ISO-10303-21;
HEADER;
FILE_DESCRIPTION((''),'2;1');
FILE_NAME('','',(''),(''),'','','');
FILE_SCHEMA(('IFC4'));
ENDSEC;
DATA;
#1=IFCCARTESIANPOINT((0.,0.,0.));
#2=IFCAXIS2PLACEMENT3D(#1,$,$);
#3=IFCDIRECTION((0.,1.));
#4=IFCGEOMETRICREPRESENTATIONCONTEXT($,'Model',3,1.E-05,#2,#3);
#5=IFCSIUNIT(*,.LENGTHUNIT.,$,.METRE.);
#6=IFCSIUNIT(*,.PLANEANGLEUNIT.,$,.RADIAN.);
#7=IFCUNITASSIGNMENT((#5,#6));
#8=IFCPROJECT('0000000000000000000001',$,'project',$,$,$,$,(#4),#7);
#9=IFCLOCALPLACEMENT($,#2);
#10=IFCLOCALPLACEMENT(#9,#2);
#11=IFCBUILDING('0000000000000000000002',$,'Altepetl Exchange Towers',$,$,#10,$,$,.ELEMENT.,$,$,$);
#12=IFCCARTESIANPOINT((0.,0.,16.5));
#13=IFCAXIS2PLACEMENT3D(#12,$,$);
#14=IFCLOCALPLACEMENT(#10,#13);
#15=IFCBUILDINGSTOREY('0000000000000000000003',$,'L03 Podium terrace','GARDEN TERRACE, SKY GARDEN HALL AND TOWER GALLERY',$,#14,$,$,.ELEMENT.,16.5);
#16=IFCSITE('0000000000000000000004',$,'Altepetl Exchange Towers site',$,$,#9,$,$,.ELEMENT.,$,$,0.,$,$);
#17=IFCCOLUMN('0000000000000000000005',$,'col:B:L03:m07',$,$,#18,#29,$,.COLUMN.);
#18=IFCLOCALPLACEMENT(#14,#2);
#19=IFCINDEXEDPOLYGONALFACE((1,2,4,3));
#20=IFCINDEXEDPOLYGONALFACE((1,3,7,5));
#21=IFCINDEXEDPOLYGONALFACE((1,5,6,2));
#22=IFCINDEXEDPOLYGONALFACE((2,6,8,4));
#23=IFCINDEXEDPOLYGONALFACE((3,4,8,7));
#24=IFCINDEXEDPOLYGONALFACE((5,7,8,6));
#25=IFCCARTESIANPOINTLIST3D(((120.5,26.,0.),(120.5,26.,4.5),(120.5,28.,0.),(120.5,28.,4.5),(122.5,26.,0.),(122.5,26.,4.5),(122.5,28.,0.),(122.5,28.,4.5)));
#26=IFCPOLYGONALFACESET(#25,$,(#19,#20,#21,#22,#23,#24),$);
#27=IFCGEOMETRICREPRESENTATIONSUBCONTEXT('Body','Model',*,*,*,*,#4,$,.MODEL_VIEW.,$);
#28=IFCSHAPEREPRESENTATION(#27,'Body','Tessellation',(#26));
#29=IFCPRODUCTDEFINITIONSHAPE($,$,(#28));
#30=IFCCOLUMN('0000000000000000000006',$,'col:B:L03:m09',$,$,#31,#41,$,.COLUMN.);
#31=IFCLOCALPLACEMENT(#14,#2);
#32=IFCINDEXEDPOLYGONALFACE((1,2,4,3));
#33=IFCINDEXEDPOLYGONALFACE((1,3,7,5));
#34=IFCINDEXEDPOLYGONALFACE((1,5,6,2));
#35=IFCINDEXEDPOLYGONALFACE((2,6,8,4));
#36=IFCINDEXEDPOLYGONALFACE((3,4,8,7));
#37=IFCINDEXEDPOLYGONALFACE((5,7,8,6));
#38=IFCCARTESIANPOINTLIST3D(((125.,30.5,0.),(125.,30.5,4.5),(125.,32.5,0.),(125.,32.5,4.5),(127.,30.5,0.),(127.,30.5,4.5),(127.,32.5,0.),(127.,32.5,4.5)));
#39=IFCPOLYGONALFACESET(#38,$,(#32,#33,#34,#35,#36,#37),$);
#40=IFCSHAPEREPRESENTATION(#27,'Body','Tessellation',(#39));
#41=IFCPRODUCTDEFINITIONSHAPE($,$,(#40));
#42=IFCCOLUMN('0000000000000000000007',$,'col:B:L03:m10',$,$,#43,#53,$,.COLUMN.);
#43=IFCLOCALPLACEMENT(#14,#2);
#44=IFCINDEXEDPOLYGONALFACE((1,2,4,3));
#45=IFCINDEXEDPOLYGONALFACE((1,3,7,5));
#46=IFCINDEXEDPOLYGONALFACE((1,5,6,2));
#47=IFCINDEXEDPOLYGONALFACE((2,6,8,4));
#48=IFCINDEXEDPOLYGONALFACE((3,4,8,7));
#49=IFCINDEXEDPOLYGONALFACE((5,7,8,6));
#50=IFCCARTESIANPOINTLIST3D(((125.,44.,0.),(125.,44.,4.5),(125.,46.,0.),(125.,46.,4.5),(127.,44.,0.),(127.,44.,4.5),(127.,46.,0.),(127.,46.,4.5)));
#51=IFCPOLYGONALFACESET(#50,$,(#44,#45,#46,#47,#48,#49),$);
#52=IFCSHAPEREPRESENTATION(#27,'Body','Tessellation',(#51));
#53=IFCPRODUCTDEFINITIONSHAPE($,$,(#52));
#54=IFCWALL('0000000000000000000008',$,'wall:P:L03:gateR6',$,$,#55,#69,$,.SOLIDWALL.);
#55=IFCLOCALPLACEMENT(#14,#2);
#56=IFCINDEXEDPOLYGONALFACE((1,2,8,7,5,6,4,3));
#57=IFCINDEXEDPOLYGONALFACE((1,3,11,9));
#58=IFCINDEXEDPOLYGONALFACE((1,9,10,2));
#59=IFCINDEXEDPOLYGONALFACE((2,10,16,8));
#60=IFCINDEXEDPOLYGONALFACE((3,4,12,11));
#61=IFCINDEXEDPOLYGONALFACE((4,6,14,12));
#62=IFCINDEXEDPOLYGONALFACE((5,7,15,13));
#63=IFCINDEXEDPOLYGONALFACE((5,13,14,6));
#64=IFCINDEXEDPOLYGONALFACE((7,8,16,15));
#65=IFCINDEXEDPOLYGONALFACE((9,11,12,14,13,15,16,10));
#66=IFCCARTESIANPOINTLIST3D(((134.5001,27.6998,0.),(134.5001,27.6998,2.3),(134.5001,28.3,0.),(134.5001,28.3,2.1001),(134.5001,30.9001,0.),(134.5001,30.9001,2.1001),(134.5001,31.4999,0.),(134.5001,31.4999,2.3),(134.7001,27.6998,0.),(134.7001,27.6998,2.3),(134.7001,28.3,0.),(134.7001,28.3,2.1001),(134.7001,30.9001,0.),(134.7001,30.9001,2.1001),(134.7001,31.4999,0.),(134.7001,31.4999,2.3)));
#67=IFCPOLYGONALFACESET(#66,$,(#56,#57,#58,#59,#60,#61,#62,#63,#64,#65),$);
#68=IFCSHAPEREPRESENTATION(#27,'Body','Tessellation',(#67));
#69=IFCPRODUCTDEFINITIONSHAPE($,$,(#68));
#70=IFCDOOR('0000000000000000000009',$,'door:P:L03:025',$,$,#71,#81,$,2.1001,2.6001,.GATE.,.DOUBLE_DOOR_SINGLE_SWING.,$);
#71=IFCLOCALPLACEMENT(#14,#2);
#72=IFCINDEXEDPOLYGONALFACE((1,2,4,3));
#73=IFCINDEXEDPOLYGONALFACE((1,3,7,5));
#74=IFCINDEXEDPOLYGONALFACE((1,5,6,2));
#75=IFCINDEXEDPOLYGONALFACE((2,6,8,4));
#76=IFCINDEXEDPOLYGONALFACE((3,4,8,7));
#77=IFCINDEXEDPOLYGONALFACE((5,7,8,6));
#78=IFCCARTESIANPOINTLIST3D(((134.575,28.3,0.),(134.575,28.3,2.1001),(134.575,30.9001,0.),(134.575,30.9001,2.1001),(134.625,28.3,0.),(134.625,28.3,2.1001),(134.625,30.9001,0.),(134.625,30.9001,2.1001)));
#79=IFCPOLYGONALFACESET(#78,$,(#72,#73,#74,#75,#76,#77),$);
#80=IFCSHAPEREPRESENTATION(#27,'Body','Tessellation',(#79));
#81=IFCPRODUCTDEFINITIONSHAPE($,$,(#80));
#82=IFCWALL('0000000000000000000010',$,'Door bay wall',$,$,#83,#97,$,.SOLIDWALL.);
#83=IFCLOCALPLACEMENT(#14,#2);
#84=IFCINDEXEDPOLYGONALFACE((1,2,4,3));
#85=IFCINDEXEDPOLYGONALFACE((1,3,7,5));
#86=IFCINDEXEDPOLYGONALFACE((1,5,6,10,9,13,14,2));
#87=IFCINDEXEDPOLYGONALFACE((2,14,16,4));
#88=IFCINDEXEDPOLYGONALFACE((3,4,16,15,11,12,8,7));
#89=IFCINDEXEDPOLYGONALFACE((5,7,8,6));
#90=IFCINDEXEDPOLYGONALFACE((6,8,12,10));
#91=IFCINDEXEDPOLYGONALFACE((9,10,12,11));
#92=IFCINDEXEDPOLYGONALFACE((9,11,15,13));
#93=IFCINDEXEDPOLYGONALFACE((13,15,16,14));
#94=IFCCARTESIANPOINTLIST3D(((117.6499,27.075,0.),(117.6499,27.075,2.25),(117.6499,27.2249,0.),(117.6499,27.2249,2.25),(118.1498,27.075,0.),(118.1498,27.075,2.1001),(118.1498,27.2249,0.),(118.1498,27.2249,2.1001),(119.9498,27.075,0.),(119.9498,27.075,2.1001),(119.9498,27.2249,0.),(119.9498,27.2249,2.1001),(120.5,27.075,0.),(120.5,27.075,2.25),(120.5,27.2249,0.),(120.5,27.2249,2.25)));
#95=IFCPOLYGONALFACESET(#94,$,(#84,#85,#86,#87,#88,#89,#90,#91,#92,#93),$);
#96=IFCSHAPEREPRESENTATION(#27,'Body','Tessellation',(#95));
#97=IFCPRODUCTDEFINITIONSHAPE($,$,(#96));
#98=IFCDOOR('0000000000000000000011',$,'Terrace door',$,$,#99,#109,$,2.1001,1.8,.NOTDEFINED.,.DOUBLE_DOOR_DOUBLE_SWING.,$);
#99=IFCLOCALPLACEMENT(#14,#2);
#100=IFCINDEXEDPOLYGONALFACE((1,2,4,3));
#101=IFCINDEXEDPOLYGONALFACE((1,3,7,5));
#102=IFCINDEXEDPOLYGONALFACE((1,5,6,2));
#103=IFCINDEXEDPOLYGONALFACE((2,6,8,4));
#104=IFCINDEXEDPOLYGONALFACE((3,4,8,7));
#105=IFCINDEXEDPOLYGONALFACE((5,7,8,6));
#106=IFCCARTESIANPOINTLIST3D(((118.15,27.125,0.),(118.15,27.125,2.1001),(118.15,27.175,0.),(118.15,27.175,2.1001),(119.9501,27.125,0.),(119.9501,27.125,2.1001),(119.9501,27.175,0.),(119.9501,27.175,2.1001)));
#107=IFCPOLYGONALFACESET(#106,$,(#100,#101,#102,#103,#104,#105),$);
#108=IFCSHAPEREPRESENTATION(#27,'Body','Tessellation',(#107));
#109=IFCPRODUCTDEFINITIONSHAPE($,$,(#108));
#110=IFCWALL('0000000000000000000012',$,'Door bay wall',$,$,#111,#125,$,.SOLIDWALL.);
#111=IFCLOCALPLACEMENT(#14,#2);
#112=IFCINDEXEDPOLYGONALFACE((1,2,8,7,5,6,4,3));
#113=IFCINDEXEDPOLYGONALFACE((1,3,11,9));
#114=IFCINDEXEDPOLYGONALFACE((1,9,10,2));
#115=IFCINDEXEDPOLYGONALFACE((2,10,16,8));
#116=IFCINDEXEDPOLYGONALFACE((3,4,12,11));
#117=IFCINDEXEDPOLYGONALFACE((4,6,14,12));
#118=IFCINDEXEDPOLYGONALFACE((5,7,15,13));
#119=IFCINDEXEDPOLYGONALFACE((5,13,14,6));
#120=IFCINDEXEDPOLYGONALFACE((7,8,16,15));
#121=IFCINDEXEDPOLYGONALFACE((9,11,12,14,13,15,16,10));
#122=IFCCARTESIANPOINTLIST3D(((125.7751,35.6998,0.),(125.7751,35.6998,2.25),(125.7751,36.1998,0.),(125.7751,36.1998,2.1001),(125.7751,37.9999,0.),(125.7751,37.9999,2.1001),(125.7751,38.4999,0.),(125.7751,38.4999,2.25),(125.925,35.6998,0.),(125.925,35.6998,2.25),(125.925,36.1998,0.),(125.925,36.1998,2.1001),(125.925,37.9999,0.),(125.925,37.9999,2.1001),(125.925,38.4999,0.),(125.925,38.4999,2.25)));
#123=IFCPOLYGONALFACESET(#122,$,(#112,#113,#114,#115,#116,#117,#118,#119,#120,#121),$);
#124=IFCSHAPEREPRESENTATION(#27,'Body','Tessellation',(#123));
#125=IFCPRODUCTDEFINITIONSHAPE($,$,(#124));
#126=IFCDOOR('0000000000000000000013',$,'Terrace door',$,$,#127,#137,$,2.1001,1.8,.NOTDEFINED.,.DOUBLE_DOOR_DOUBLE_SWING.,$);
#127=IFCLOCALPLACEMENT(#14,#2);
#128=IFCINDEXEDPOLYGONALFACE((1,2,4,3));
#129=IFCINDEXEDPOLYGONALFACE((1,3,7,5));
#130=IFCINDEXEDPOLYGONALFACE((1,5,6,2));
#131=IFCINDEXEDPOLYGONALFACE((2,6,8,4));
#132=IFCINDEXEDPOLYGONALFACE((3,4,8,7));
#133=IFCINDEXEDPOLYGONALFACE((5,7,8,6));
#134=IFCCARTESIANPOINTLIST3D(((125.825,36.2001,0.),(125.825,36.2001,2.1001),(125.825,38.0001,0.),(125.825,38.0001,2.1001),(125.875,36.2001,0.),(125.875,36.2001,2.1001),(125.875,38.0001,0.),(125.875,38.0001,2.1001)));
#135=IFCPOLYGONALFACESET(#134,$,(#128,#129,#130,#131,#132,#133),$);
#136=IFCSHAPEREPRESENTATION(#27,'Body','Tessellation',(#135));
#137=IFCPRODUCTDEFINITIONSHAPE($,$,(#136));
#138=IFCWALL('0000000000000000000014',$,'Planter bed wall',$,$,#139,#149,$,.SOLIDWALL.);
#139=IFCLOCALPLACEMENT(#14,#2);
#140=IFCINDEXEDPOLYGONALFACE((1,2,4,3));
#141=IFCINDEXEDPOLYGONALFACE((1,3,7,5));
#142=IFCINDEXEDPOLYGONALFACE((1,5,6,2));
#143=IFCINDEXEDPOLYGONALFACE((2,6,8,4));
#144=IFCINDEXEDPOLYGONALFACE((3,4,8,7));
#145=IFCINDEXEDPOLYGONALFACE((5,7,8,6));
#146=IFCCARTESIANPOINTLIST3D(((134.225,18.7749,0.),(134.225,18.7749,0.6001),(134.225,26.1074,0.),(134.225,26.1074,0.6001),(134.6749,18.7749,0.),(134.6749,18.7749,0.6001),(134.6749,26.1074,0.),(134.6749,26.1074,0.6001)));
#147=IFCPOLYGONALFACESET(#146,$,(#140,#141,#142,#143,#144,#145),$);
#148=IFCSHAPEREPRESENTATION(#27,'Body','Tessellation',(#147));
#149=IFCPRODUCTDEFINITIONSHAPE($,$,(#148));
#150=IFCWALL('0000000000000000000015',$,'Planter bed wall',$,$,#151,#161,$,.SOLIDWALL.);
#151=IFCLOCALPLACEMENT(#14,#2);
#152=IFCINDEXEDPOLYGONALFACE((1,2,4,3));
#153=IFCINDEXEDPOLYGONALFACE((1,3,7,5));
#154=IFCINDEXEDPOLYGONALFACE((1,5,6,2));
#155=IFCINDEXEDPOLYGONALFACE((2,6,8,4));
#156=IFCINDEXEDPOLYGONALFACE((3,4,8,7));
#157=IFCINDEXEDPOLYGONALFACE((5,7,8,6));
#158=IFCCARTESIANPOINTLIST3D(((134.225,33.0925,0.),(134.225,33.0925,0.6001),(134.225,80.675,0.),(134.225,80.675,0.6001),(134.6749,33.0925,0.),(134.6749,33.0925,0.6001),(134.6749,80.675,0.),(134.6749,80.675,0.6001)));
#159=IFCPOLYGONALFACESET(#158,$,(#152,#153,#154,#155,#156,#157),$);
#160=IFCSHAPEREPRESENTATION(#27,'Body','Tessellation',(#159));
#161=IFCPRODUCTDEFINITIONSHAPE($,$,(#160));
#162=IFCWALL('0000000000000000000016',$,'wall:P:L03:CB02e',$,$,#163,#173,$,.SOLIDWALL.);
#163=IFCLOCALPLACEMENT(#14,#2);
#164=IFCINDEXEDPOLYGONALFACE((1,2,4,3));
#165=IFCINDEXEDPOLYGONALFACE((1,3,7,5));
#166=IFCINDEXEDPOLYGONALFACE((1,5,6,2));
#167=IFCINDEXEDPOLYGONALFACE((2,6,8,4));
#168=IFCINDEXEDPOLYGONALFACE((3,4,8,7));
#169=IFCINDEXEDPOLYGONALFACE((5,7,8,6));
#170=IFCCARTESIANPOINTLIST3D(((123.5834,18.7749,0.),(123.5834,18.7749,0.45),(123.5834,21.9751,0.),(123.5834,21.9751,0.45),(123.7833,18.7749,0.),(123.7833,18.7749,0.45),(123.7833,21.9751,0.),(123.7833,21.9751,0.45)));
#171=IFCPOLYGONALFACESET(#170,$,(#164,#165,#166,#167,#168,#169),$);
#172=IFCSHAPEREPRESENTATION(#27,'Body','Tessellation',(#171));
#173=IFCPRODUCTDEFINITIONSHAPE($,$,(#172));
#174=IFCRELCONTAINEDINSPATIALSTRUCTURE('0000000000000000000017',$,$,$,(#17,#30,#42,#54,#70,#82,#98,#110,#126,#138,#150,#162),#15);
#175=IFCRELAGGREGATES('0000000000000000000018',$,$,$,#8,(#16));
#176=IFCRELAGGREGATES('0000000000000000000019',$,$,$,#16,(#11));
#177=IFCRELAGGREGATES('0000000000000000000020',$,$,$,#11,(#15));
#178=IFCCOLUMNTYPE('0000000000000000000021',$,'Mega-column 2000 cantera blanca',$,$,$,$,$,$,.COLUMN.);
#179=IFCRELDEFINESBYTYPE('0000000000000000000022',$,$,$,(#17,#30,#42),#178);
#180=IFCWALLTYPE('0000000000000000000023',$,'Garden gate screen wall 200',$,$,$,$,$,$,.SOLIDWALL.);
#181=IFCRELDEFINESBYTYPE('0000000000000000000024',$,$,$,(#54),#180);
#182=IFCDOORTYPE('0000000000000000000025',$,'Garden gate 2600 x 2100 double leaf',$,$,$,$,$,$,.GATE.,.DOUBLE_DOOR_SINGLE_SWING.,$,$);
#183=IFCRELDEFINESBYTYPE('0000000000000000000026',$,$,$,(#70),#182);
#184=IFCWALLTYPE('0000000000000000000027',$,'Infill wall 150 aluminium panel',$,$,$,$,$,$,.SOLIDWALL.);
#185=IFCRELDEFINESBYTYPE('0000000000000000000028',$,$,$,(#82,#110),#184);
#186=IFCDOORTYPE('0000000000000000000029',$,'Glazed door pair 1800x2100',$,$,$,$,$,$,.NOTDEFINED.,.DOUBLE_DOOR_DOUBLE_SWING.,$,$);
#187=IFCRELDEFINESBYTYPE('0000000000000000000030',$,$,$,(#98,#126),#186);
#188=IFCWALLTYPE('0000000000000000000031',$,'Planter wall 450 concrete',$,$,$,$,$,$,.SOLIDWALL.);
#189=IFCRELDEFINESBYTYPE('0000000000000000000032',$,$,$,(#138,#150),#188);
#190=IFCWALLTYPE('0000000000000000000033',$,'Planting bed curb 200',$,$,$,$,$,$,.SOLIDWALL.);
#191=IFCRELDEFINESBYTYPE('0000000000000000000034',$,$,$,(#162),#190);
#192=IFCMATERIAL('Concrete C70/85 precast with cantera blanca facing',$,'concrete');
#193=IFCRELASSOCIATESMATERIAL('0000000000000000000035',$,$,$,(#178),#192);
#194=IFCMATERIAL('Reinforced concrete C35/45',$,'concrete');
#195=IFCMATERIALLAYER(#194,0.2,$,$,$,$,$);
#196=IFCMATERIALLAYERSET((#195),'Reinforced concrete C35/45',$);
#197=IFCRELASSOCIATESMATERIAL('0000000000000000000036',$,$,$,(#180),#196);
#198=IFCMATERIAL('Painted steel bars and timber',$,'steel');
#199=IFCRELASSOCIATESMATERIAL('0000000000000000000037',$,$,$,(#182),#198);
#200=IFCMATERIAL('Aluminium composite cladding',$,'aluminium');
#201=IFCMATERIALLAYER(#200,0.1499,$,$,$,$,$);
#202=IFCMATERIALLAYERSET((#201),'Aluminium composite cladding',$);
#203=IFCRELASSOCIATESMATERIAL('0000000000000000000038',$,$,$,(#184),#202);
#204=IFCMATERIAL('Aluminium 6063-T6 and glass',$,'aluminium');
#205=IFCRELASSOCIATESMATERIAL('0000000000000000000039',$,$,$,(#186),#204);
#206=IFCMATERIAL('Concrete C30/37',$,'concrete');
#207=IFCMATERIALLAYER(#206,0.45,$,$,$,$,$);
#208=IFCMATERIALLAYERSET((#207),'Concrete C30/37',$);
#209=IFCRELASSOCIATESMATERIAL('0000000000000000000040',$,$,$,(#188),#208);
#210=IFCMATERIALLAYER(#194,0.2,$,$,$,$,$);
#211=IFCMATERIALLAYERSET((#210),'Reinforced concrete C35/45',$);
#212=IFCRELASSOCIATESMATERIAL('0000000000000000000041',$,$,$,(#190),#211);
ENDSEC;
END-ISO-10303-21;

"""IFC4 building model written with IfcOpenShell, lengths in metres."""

from ifc_helpers import new_model, si_unit, direction, frame, frame_2d, origin, origin_2d, place, context, subcontext, project, spatial, rectangle, extrude, material, layer, layer_set, material_profile, profile_set, type_object, element, fill, save


model = new_model("IFC4")

# Units and contexts
model_context = context("Model", 3, precision=1e-05, world=origin(), true_north=direction((0.0, 1.0)))
body_context = subcontext(model_context, "Body", "Model", "MODEL_VIEW")
ifc_project = project(units=[si_unit("LENGTHUNIT", "METRE"), si_unit("PLANEANGLEUNIT", "RADIAN")], contexts=[model_context])

# Site, building, storey
site_placement = place(None, origin())
site = spatial("IfcSite", under=ifc_project, at=site_placement, Name="Altepetl Exchange Towers site", CompositionType="ELEMENT", RefElevation=0.0)
building_placement = place(site_placement, origin())
building = spatial("IfcBuilding", under=site, at=building_placement, Name="Altepetl Exchange Towers", CompositionType="ELEMENT")
storey_placement = place(building_placement, frame((0.0, 0.0, 16.5)))
storey = spatial("IfcBuildingStorey", under=building, at=storey_placement, Name="L03 Podium terrace", Description="GARDEN TERRACE, SKY GARDEN HALL AND TOWER GALLERY", CompositionType="ELEMENT", Elevation=16.5)

# Columns
ifc_material_1 = material(Name="Concrete C70/85 precast with cantera blanca facing", Category="concrete")
ifc_material_profile = material_profile(ifc_material_1, rectangle(XDim=2.0, YDim=2.0, at=origin_2d()), Name="2000 x 2000")
ifc_profile_set = profile_set([ifc_material_profile], Name="Concrete C70/85 precast with cantera blanca facing")
column_type = type_object("IfcColumnType", Name="Mega-column 2000 cantera blanca", PredefinedType="COLUMN", material=ifc_profile_set)
for number, where, name in (
    (1, (121.5, 27.0, 0.0), "col:B:L03:m07"),
    (2, (126.0, 31.5, 0.0), "col:B:L03:m09"),
    (3, (126.0, 45.0, 0.0), "col:B:L03:m10"),
):
    element("IfcColumn", number, at=place(storey_placement, frame(where)), inside=storey, type_object=column_type, Name=name, PredefinedType="COLUMN", context=body_context, shape_type="SweptSolid", body=[
        extrude(rectangle(XDim=2.0, YDim=2.0, at=origin_2d()), origin(), (0.0, 0.0, 1.0), 4.5),
    ])

# Walls, openings, doors
ifc_material_2 = material(Name="Reinforced concrete C35/45", Category="concrete")
ifc_layer_1 = layer(ifc_material_2, 0.2)
ifc_layer_set_1 = layer_set([ifc_layer_1], Name="Reinforced concrete C35/45")
wall_type_1 = type_object("IfcWallType", Name="Garden gate screen wall 200", PredefinedType="SOLIDWALL", material=ifc_layer_set_1)
wall_1_placement = place(storey_placement, frame((134.6001, 27.7, 0.0), z_axis=(0.0, 0.0, 1.0), x_axis=(0.0, 1.0, 0.0)))
wall_1 = element("IfcWall", 4, at=wall_1_placement, inside=storey, type_object=wall_type_1, Name="wall:P:L03:gateR6", PredefinedType="SOLIDWALL", context=body_context, shape_type="SweptSolid", body=[
    extrude(rectangle(XDim=3.8, YDim=0.2, at=frame_2d((1.8999, 0.0))), origin(), (0.0, 0.0, 1.0), 2.3),
])
opening_1_placement = place(wall_1_placement, frame((0.6001, 0.0, 0.0)))
opening_1 = element("IfcOpeningElement", 5, at=opening_1_placement, cuts=wall_1, PredefinedType="OPENING", context=body_context, shape_type="SweptSolid", body=[
    extrude(rectangle(XDim=2.6001, YDim=2.1001, at=frame_2d((1.3, 1.05))), frame((0.0, 0.1099, 0.0), z_axis=(0.0, -1.0, 0.0), x_axis=(1.0, 0.0, 0.0)), (0.0, 0.0, 1.0), 0.22),
])
ifc_material_3 = material(Name="Painted steel bars and timber", Category="steel")
door_type_1 = type_object("IfcDoorType", Name="Garden gate 2600 x 2100 double leaf", OperationType="DOUBLE_DOOR_SINGLE_SWING", PredefinedType="GATE", material=ifc_material_3)
door_1_placement = place(opening_1_placement, frame((2.6001, 0.0, 0.0), x_axis=(-1.0, 0.0, 0.0)))
door_1 = element("IfcDoor", 6, at=door_1_placement, inside=storey, type_object=door_type_1, Name="door:P:L03:025", OperationType="DOUBLE_DOOR_SINGLE_SWING", OverallHeight=2.1001, OverallWidth=2.6001, PredefinedType="GATE", context=body_context, shape_type="SweptSolid", body=[
    extrude(rectangle(XDim=2.6001, YDim=2.1001, at=frame_2d((1.3, 1.05))), frame((0.0, 0.0249, 0.0), z_axis=(0.0, -1.0, 0.0), x_axis=(1.0, 0.0, 0.0)), (0.0, 0.0, 1.0), 0.05),
])
fill(opening_1, door_1)
ifc_material_4 = material(Name="Aluminium composite cladding", Category="aluminium")
ifc_layer_2 = layer(ifc_material_4, 0.1499)
ifc_layer_set_2 = layer_set([ifc_layer_2], Name="Aluminium composite cladding")
wall_type_2 = type_object("IfcWallType", Name="Infill wall 150 aluminium panel", PredefinedType="SOLIDWALL", material=ifc_layer_set_2)
wall_2_placement = place(storey_placement, frame((117.6499, 27.1499, 0.0)))
wall_2 = element("IfcWall", 7, at=wall_2_placement, inside=storey, type_object=wall_type_2, Name="Door bay wall", PredefinedType="SOLIDWALL", context=body_context, shape_type="SweptSolid", body=[
    extrude(rectangle(XDim=2.8501, YDim=0.1499, at=frame_2d((1.425, 0.0))), origin(), (0.0, 0.0, 1.0), 2.25),
])
opening_2_placement = place(wall_2_placement, frame((0.5, 0.0, 0.0)))
opening_2 = element("IfcOpeningElement", 8, at=opening_2_placement, cuts=wall_2, PredefinedType="OPENING", context=body_context, shape_type="SweptSolid", body=[
    extrude(rectangle(XDim=1.8, YDim=2.1001, at=frame_2d((0.8999, 1.05))), frame((0.0, 0.085, 0.0), z_axis=(0.0, -1.0, 0.0), x_axis=(1.0, 0.0, 0.0)), (0.0, 0.0, 1.0), 0.1699),
])
ifc_material_5 = material(Name="Aluminium 6063-T6 and glass", Category="aluminium")
door_type_2 = type_object("IfcDoorType", Name="Glazed door pair 1800x2100", OperationType="DOUBLE_DOOR_DOUBLE_SWING", PredefinedType="NOTDEFINED", material=ifc_material_5)
door_2_placement = place(opening_2_placement, frame((1.8, 0.0, 0.0), x_axis=(-1.0, 0.0, 0.0)))
door_2 = element("IfcDoor", 9, at=door_2_placement, inside=storey, type_object=door_type_2, Name="Terrace door", OperationType="DOUBLE_DOOR_DOUBLE_SWING", OverallHeight=2.1001, OverallWidth=1.8, PredefinedType="NOTDEFINED", context=body_context, shape_type="SweptSolid", body=[
    extrude(rectangle(XDim=1.8, YDim=2.1001, at=frame_2d((0.8999, 1.05))), frame((0.0, 0.0249, 0.0), z_axis=(0.0, -1.0, 0.0), x_axis=(1.0, 0.0, 0.0)), (0.0, 0.0, 1.0), 0.05),
])
fill(opening_2, door_2)
wall_3_placement = place(storey_placement, frame((125.8501, 35.7, 0.0), z_axis=(0.0, 0.0, 1.0), x_axis=(0.0, 1.0, 0.0)))
wall_3 = element("IfcWall", 10, at=wall_3_placement, inside=storey, type_object=wall_type_2, Name="Door bay wall", PredefinedType="SOLIDWALL", context=body_context, shape_type="SweptSolid", body=[
    extrude(rectangle(XDim=2.8, YDim=0.1499, at=frame_2d((1.3999, 0.0))), origin(), (0.0, 0.0, 1.0), 2.25),
])
opening_3_placement = place(wall_3_placement, frame((0.5, 0.0, 0.0)))
opening_3 = element("IfcOpeningElement", 11, at=opening_3_placement, cuts=wall_3, PredefinedType="OPENING", context=body_context, shape_type="SweptSolid", body=[
    extrude(rectangle(XDim=1.8, YDim=2.1001, at=frame_2d((0.8999, 1.05))), frame((0.0, 0.085, 0.0), z_axis=(0.0, -1.0, 0.0), x_axis=(1.0, 0.0, 0.0)), (0.0, 0.0, 1.0), 0.1699),
])
door_3_placement = place(opening_3_placement, frame((1.8, 0.0, 0.0), x_axis=(-1.0, 0.0, 0.0)))
door_3 = element("IfcDoor", 12, at=door_3_placement, inside=storey, type_object=door_type_2, Name="Terrace door", OperationType="DOUBLE_DOOR_DOUBLE_SWING", OverallHeight=2.1001, OverallWidth=1.8, PredefinedType="NOTDEFINED", context=body_context, shape_type="SweptSolid", body=[
    extrude(rectangle(XDim=1.8, YDim=2.1001, at=frame_2d((0.8999, 1.05))), frame((0.0, 0.0249, 0.0), z_axis=(0.0, -1.0, 0.0), x_axis=(1.0, 0.0, 0.0)), (0.0, 0.0, 1.0), 0.05),
])
fill(opening_3, door_3)

# Walls
ifc_material_6 = material(Name="Concrete C30/37", Category="concrete")
ifc_layer_3 = layer(ifc_material_6, 0.45)
ifc_layer_set_3 = layer_set([ifc_layer_3], Name="Concrete C30/37")
wall_type_3 = type_object("IfcWallType", Name="Planter wall 450 concrete", PredefinedType="SOLIDWALL", material=ifc_layer_set_3)
wall_4_placement = place(storey_placement, frame((134.45, 18.7749, 0.0), z_axis=(0.0, 0.0, 1.0), x_axis=(0.0, 1.0, 0.0)))
element("IfcWall", 13, at=wall_4_placement, inside=storey, type_object=wall_type_3, Name="Planter bed wall", PredefinedType="SOLIDWALL", context=body_context, shape_type="SweptSolid", body=[
    extrude(rectangle(XDim=7.3325, YDim=0.45, at=frame_2d((3.6663, 0.0))), origin(), (0.0, 0.0, 1.0), 0.6001),
])
wall_5_placement = place(storey_placement, frame((134.45, 33.0925, 0.0), z_axis=(0.0, 0.0, 1.0), x_axis=(0.0, 1.0, 0.0)))
element("IfcWall", 14, at=wall_5_placement, inside=storey, type_object=wall_type_3, Name="Planter bed wall", PredefinedType="SOLIDWALL", context=body_context, shape_type="SweptSolid", body=[
    extrude(rectangle(XDim=47.5825, YDim=0.45, at=frame_2d((23.7913, 0.0))), origin(), (0.0, 0.0, 1.0), 0.6001),
])
ifc_layer_4 = layer(ifc_material_2, 0.2)
ifc_layer_set_4 = layer_set([ifc_layer_4], Name="Reinforced concrete C35/45")
wall_type_4 = type_object("IfcWallType", Name="Planting bed curb 200", PredefinedType="SOLIDWALL", material=ifc_layer_set_4)
wall_6_placement = place(storey_placement, frame((123.6833, 18.7749, 0.0), z_axis=(0.0, 0.0, 1.0), x_axis=(0.0, 1.0, 0.0)))
element("IfcWall", 15, at=wall_6_placement, inside=storey, type_object=wall_type_4, Name="wall:P:L03:CB02e", PredefinedType="SOLIDWALL", context=body_context, shape_type="SweptSolid", body=[
    extrude(rectangle(XDim=3.2002, YDim=0.2, at=frame_2d((1.6001, 0.0))), origin(), (0.0, 0.0, 1.0), 0.45),
])

save(model, "model.ifc")
